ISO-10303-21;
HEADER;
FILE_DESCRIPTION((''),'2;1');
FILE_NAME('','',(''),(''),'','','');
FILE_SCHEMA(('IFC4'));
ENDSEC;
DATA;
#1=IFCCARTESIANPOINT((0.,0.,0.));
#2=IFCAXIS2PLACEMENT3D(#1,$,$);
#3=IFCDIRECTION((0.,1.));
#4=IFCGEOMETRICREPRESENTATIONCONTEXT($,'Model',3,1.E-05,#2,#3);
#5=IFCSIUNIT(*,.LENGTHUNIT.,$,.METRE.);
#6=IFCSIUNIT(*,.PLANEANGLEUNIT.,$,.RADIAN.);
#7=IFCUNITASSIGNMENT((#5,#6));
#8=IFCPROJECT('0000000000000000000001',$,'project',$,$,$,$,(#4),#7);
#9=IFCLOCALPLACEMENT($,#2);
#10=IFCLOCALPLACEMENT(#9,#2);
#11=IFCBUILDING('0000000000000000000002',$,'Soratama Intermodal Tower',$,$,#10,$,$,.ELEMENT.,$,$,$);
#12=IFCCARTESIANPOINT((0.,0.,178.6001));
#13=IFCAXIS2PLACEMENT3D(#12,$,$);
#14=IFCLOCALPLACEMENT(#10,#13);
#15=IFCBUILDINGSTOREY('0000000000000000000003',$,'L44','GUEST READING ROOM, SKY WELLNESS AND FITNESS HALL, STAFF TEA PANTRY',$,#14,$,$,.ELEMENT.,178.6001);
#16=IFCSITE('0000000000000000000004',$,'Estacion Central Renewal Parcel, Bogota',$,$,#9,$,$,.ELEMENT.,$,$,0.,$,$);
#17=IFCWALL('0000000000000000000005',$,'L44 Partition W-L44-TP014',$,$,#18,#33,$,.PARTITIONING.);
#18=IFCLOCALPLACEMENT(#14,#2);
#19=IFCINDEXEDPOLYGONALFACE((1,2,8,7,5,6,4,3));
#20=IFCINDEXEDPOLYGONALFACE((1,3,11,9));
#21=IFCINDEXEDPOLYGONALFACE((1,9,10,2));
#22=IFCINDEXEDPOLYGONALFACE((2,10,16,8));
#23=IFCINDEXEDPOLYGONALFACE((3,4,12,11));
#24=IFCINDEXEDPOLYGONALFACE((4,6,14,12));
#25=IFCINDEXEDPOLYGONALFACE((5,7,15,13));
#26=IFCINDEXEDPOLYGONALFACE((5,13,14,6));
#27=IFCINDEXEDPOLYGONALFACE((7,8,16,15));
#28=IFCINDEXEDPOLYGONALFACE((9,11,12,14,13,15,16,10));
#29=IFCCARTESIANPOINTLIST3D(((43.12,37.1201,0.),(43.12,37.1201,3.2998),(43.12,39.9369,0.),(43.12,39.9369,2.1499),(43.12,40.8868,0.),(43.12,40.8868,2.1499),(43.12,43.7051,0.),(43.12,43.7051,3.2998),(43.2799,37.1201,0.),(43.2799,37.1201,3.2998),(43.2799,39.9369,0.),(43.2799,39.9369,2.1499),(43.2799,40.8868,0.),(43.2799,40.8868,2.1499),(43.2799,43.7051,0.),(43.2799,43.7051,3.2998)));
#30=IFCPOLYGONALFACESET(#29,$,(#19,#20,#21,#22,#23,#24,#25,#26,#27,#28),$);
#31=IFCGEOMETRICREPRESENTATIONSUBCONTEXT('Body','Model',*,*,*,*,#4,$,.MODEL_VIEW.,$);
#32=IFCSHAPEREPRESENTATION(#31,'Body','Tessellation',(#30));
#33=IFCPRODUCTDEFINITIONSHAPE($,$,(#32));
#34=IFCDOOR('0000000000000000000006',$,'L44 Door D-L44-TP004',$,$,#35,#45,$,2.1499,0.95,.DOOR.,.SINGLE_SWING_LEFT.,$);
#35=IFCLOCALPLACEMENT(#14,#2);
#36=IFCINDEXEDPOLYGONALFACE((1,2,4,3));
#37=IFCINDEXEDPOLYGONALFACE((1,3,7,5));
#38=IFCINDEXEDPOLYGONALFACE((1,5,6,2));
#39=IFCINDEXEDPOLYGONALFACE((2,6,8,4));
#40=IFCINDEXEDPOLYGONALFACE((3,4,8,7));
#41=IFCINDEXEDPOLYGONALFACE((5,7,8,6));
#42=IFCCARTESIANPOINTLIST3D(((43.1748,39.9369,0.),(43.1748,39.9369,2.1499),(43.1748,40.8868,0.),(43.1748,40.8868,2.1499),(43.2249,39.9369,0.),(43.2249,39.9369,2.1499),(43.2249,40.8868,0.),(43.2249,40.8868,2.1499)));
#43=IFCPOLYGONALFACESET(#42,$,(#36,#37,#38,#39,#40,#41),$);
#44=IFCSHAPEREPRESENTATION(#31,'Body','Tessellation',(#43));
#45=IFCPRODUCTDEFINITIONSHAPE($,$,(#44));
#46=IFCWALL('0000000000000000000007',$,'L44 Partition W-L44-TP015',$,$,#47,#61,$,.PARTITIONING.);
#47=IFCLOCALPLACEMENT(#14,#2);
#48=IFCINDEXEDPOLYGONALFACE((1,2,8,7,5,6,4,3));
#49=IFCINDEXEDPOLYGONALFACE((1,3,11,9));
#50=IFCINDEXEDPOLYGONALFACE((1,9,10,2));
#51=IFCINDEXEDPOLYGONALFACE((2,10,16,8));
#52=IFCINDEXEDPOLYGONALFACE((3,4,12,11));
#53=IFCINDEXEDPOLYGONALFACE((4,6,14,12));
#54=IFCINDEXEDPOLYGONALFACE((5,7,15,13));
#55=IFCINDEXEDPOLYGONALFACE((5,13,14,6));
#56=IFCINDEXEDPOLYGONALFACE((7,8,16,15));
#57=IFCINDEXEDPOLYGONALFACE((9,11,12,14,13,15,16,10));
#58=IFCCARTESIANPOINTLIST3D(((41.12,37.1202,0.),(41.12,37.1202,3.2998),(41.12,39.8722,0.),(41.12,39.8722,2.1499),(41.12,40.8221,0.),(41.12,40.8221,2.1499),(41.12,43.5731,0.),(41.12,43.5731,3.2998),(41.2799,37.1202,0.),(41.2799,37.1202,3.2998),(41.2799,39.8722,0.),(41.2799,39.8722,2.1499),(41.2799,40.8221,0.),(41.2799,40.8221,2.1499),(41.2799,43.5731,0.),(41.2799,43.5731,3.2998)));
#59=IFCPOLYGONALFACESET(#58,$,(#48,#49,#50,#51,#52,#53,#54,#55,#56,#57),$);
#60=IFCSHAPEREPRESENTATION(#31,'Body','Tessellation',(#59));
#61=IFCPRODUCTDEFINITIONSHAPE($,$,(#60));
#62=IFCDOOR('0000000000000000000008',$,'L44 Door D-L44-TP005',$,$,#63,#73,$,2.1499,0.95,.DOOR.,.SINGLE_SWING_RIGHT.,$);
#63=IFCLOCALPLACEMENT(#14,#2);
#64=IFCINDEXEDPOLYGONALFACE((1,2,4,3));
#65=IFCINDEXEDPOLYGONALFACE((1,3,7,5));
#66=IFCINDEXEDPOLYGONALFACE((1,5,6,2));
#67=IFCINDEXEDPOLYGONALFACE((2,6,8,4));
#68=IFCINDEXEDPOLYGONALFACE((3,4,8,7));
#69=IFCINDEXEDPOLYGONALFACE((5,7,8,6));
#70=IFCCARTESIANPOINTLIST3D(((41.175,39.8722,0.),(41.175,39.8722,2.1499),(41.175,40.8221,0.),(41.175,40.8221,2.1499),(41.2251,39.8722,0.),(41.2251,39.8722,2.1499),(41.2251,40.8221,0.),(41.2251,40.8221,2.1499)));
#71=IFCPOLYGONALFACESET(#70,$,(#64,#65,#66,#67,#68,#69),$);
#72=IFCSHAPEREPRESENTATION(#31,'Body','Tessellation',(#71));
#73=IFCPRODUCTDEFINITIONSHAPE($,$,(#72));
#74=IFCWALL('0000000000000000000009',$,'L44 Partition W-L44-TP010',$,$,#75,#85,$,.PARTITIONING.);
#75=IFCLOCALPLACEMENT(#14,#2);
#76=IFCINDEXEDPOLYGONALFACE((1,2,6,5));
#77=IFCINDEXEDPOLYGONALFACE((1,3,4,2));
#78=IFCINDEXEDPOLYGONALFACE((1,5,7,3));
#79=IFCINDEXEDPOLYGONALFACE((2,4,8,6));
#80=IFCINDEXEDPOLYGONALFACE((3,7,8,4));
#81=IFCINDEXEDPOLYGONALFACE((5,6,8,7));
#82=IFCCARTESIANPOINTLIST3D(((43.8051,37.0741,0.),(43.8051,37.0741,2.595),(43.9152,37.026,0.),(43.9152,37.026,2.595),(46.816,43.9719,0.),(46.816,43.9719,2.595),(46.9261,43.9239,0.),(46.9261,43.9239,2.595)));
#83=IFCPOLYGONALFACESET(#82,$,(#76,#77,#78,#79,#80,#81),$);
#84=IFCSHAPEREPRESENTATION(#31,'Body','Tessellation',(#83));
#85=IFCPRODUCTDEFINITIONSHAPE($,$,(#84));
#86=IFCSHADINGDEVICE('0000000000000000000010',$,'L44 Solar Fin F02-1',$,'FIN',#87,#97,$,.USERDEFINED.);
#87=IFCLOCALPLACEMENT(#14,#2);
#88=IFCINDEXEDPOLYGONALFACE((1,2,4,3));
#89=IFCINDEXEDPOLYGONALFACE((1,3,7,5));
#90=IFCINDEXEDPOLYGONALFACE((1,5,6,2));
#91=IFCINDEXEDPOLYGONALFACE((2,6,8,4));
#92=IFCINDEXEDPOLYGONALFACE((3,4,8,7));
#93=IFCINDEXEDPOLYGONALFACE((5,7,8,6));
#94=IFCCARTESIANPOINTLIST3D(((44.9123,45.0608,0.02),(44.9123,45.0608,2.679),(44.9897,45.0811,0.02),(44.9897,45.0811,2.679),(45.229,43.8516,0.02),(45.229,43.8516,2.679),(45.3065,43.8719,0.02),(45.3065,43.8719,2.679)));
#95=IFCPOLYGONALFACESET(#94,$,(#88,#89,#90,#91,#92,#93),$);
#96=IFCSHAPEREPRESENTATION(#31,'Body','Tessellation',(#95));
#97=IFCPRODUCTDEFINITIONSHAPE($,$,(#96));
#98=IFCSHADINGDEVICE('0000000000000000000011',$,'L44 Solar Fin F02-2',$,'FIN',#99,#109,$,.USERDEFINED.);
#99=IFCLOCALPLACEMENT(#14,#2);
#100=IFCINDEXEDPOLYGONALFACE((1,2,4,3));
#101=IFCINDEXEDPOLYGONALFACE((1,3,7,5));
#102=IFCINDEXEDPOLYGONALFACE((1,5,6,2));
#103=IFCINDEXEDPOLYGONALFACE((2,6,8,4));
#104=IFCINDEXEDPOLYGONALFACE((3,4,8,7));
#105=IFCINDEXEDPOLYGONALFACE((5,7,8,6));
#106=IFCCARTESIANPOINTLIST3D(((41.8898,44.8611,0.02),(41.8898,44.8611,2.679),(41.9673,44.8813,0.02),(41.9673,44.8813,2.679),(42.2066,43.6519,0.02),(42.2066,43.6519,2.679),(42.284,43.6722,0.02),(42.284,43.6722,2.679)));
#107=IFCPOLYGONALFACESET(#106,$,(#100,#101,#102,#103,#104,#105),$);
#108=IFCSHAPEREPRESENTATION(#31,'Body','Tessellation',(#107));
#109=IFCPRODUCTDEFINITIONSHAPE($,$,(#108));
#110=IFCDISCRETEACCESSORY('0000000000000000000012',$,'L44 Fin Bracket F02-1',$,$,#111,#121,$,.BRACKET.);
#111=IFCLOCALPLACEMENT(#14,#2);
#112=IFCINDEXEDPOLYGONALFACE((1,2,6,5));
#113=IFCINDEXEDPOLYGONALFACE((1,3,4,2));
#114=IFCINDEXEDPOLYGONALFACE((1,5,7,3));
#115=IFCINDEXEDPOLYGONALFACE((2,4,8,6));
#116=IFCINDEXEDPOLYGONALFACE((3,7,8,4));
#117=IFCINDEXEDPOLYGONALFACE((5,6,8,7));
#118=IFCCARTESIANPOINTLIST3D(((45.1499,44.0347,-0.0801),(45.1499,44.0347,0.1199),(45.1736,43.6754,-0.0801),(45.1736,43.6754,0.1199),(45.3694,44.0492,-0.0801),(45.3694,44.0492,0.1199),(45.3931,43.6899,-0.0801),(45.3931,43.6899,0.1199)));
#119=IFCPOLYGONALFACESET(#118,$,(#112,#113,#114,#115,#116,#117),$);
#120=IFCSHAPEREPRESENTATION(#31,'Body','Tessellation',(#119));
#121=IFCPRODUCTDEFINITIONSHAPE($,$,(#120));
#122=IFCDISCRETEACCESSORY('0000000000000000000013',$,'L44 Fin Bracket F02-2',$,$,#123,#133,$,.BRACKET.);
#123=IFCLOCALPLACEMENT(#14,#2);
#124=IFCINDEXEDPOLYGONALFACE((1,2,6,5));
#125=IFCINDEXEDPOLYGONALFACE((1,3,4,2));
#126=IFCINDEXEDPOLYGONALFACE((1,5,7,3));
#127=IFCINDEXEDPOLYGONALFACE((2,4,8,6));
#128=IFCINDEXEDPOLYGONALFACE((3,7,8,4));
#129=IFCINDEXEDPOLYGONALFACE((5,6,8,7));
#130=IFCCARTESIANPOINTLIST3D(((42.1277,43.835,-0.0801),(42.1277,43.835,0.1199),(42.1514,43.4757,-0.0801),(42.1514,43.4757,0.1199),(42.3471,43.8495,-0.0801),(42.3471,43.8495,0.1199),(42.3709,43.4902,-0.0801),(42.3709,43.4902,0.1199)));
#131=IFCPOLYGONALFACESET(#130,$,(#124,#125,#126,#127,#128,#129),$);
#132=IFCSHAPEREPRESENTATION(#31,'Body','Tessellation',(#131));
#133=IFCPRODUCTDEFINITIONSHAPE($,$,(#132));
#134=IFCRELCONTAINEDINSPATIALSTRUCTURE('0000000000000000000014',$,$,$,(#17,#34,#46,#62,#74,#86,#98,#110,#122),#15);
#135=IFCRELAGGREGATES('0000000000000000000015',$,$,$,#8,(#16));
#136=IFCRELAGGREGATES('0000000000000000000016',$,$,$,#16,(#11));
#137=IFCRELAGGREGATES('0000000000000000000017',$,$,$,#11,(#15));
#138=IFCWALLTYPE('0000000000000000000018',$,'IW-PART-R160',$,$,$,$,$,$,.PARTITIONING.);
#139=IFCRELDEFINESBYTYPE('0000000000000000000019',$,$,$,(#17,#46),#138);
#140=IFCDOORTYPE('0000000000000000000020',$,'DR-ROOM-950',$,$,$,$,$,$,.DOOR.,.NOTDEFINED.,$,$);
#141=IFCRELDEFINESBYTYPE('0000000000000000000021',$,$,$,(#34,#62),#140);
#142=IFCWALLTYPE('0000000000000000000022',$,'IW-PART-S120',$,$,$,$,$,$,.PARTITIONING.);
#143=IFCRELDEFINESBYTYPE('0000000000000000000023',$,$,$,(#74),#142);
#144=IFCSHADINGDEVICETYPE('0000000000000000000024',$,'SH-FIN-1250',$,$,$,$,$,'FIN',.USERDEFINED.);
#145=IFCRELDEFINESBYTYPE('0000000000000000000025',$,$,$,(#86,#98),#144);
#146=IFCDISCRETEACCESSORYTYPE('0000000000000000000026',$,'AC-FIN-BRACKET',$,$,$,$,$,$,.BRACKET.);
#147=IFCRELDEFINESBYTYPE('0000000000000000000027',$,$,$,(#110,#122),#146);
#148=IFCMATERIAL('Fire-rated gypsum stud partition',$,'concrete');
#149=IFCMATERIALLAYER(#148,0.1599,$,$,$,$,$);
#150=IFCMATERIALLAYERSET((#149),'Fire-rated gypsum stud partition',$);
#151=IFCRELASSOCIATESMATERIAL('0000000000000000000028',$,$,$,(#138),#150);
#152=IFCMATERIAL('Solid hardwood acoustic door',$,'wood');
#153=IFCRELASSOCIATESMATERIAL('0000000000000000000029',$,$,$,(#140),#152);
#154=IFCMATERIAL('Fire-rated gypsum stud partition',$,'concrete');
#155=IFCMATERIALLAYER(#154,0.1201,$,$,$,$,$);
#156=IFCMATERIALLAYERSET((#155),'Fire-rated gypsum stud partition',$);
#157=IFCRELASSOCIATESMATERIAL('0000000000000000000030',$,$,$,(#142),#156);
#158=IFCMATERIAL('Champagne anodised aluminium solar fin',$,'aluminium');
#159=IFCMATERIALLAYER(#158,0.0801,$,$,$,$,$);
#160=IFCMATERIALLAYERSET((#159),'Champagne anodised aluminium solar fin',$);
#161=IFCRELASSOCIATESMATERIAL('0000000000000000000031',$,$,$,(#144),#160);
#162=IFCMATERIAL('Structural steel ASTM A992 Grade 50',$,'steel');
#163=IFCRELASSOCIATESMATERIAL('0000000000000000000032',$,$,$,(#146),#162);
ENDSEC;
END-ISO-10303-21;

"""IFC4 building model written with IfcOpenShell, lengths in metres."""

from ifc_helpers import new_model, si_unit, direction, frame, frame_2d, origin, origin_2d, place, context, subcontext, project, spatial, rectangle, extrude, material, layer, layer_set, type_object, element, fill, save


model = new_model("IFC4")

# Units and contexts
model_context = context("Model", 3, precision=1e-05, world=origin(), true_north=direction((0.0, 1.0)))
body_context = subcontext(model_context, "Body", "Model", "MODEL_VIEW")
ifc_project = project(units=[si_unit("LENGTHUNIT", "METRE"), si_unit("PLANEANGLEUNIT", "RADIAN")], contexts=[model_context])

# Site, building, storey
site_placement = place(None, origin())
site = spatial("IfcSite", under=ifc_project, at=site_placement, Name="Estacion Central Renewal Parcel, Bogota", CompositionType="ELEMENT", RefElevation=0.0)
building_placement = place(site_placement, origin())
building = spatial("IfcBuilding", under=site, at=building_placement, Name="Soratama Intermodal Tower", CompositionType="ELEMENT")
storey_placement = place(building_placement, frame((0.0, 0.0, 178.6001)))
storey = spatial("IfcBuildingStorey", under=building, at=storey_placement, Name="L44", Description="GUEST READING ROOM, SKY WELLNESS AND FITNESS HALL, STAFF TEA PANTRY", CompositionType="ELEMENT", Elevation=178.6001)

# Walls, openings, doors
ifc_material_1 = material(Name="Fire-rated gypsum stud partition", Category="concrete")
ifc_layer_1 = layer(ifc_material_1, 0.1599)
ifc_layer_set_1 = layer_set([ifc_layer_1], Name="Fire-rated gypsum stud partition")
wall_type_1 = type_object("IfcWallType", Name="IW-PART-R160", PredefinedType="PARTITIONING", material=ifc_layer_set_1)
wall_1_placement = place(storey_placement, frame((43.2, 43.7051, 0.0), z_axis=(0.0, 0.0, 1.0), x_axis=(0.0, -1.0, 0.0)))
wall_1 = element("IfcWall", 1, at=wall_1_placement, inside=storey, type_object=wall_type_1, Name="L44 Partition W-L44-TP014", PredefinedType="PARTITIONING", context=body_context, shape_type="SweptSolid", body=[
    extrude(rectangle(XDim=6.585, YDim=0.1599, at=frame_2d((3.2925, 0.0))), origin(), (0.0, 0.0, 1.0), 3.2998),
])
opening_1_placement = place(wall_1_placement, frame((2.8181, 0.0, 0.0)))
opening_1 = element("IfcOpeningElement", 2, at=opening_1_placement, cuts=wall_1, PredefinedType="OPENING", context=body_context, shape_type="SweptSolid", body=[
    extrude(rectangle(XDim=0.95, YDim=2.1499, at=frame_2d((0.4751, 1.075))), frame((0.0, 0.0898, 0.0), z_axis=(0.0, -1.0, 0.0), x_axis=(1.0, 0.0, 0.0)), (0.0, 0.0, 1.0), 0.1799),
])
ifc_material_2 = material(Name="Solid hardwood acoustic door", Category="wood")
door_type = type_object("IfcDoorType", Name="DR-ROOM-950", OperationType="NOTDEFINED", PredefinedType="DOOR", material=ifc_material_2)
door_1_placement = place(opening_1_placement, origin())
door_1 = element("IfcDoor", 3, at=door_1_placement, inside=storey, type_object=door_type, Name="L44 Door D-L44-TP004", OperationType="SINGLE_SWING_LEFT", OverallHeight=2.1499, OverallWidth=0.95, PredefinedType="DOOR", context=body_context, shape_type="SweptSolid", body=[
    extrude(rectangle(XDim=0.95, YDim=2.1499, at=frame_2d((0.4751, 1.075))), frame((0.0, 0.0249, 0.0), z_axis=(0.0, -1.0, 0.0), x_axis=(1.0, 0.0, 0.0)), (0.0, 0.0, 1.0), 0.05),
])
fill(opening_1, door_1)
wall_2_placement = place(storey_placement, frame((41.2, 37.1201, 0.0), z_axis=(0.0, 0.0, 1.0), x_axis=(0.0, 1.0, 0.0)))
wall_2 = element("IfcWall", 4, at=wall_2_placement, inside=storey, type_object=wall_type_1, Name="L44 Partition W-L44-TP015", PredefinedType="PARTITIONING", context=body_context, shape_type="SweptSolid", body=[
    extrude(rectangle(XDim=6.4529, YDim=0.1599, at=frame_2d((3.2266, 0.0))), origin(), (0.0, 0.0, 1.0), 3.2998),
])
opening_2_placement = place(wall_2_placement, frame((2.752, 0.0, 0.0)))
opening_2 = element("IfcOpeningElement", 5, at=opening_2_placement, cuts=wall_2, PredefinedType="OPENING", context=body_context, shape_type="SweptSolid", body=[
    extrude(rectangle(XDim=0.95, YDim=2.1499, at=frame_2d((0.4751, 1.075))), frame((0.0, 0.0898, 0.0), z_axis=(0.0, -1.0, 0.0), x_axis=(1.0, 0.0, 0.0)), (0.0, 0.0, 1.0), 0.1799),
])
door_2_placement = place(opening_2_placement, origin())
door_2 = element("IfcDoor", 6, at=door_2_placement, inside=storey, type_object=door_type, Name="L44 Door D-L44-TP005", OperationType="SINGLE_SWING_RIGHT", OverallHeight=2.1499, OverallWidth=0.95, PredefinedType="DOOR", context=body_context, shape_type="SweptSolid", body=[
    extrude(rectangle(XDim=0.95, YDim=2.1499, at=frame_2d((0.4751, 1.075))), frame((0.0, 0.0249, 0.0), z_axis=(0.0, -1.0, 0.0), x_axis=(1.0, 0.0, 0.0)), (0.0, 0.0, 1.0), 0.05),
])
fill(opening_2, door_2)

# Wall
ifc_material_3 = material(Name="Fire-rated gypsum stud partition", Category="concrete")
ifc_layer_2 = layer(ifc_material_3, 0.1201)
ifc_layer_set_2 = layer_set([ifc_layer_2], Name="Fire-rated gypsum stud partition")
wall_type_2 = type_object("IfcWallType", Name="IW-PART-S120", PredefinedType="PARTITIONING", material=ifc_layer_set_2)
wall_3_placement = place(storey_placement, frame((43.8601, 37.05, 0.0), z_axis=(0.0, 0.0, 1.0), x_axis=(0.400053, 0.916492, 0.0)))
element("IfcWall", 7, at=wall_3_placement, inside=storey, type_object=wall_type_2, Name="L44 Partition W-L44-TP010", PredefinedType="PARTITIONING", context=body_context, shape_type="SweptSolid", body=[
    extrude(rectangle(XDim=7.5264, YDim=0.1201, at=frame_2d((3.7632, 0.0))), origin(), (0.0, 0.0, 1.0), 2.595),
])

# Shading devices
ifc_material_4 = material(Name="Champagne anodised aluminium solar fin", Category="aluminium")
ifc_layer_3 = layer(ifc_material_4, 0.0801)
ifc_layer_set_3 = layer_set([ifc_layer_3], Name="Champagne anodised aluminium solar fin")
shading_device_type = type_object("IfcShadingDeviceType", Name="SH-FIN-1250", ElementType="FIN", PredefinedType="USERDEFINED", material=ifc_layer_set_3)
for number, where, z_axis, x_axis, name in (
    (8, (45.1094, 44.4663, 0.02), (0.0, 0.0, 1.0), (-0.25342, 0.967356, 0.0), "L44 Solar Fin F02-1"),
    (9, (42.0869, 44.2666, 0.02), (0.0, 0.0, 1.0), (-0.25342, 0.967356, 0.0), "L44 Solar Fin F02-2"),
):
    element("IfcShadingDevice", number, at=place(storey_placement, frame(where, z_axis=z_axis, x_axis=x_axis)), inside=storey, type_object=shading_device_type, Name=name, ObjectType="FIN", PredefinedType="USERDEFINED", context=body_context, shape_type="SweptSolid", body=[
        extrude(rectangle(XDim=1.25, YDim=0.0801, at=origin_2d()), origin(), (0.0, 0.0, 1.0), 2.6589),
    ])

# Discrete accessories
ifc_material_5 = material(Name="Structural steel ASTM A992 Grade 50", Category="steel")
discrete_accessory_type = type_object("IfcDiscreteAccessoryType", Name="AC-FIN-BRACKET", PredefinedType="BRACKET", material=ifc_material_5)
for number, where, z_axis, x_axis, name in (
    (10, (45.2715, 43.8623, -0.0801), (0.0, 0.0, 1.0), (-0.065926, 0.997825, 0.0), "L44 Fin Bracket F02-1"),
    (11, (42.2493, 43.6626, -0.0801), (0.0, 0.0, 1.0), (-0.065926, 0.997825, 0.0), "L44 Fin Bracket F02-2"),
):
    element("IfcDiscreteAccessory", number, at=place(storey_placement, frame(where, z_axis=z_axis, x_axis=x_axis)), inside=storey, type_object=discrete_accessory_type, Name=name, PredefinedType="BRACKET", context=body_context, shape_type="SweptSolid", body=[
        extrude(rectangle(XDim=0.3601, YDim=0.22, at=origin_2d()), origin(), (0.0, 0.0, 1.0), 0.2),
    ])

save(model, "model.ifc")
